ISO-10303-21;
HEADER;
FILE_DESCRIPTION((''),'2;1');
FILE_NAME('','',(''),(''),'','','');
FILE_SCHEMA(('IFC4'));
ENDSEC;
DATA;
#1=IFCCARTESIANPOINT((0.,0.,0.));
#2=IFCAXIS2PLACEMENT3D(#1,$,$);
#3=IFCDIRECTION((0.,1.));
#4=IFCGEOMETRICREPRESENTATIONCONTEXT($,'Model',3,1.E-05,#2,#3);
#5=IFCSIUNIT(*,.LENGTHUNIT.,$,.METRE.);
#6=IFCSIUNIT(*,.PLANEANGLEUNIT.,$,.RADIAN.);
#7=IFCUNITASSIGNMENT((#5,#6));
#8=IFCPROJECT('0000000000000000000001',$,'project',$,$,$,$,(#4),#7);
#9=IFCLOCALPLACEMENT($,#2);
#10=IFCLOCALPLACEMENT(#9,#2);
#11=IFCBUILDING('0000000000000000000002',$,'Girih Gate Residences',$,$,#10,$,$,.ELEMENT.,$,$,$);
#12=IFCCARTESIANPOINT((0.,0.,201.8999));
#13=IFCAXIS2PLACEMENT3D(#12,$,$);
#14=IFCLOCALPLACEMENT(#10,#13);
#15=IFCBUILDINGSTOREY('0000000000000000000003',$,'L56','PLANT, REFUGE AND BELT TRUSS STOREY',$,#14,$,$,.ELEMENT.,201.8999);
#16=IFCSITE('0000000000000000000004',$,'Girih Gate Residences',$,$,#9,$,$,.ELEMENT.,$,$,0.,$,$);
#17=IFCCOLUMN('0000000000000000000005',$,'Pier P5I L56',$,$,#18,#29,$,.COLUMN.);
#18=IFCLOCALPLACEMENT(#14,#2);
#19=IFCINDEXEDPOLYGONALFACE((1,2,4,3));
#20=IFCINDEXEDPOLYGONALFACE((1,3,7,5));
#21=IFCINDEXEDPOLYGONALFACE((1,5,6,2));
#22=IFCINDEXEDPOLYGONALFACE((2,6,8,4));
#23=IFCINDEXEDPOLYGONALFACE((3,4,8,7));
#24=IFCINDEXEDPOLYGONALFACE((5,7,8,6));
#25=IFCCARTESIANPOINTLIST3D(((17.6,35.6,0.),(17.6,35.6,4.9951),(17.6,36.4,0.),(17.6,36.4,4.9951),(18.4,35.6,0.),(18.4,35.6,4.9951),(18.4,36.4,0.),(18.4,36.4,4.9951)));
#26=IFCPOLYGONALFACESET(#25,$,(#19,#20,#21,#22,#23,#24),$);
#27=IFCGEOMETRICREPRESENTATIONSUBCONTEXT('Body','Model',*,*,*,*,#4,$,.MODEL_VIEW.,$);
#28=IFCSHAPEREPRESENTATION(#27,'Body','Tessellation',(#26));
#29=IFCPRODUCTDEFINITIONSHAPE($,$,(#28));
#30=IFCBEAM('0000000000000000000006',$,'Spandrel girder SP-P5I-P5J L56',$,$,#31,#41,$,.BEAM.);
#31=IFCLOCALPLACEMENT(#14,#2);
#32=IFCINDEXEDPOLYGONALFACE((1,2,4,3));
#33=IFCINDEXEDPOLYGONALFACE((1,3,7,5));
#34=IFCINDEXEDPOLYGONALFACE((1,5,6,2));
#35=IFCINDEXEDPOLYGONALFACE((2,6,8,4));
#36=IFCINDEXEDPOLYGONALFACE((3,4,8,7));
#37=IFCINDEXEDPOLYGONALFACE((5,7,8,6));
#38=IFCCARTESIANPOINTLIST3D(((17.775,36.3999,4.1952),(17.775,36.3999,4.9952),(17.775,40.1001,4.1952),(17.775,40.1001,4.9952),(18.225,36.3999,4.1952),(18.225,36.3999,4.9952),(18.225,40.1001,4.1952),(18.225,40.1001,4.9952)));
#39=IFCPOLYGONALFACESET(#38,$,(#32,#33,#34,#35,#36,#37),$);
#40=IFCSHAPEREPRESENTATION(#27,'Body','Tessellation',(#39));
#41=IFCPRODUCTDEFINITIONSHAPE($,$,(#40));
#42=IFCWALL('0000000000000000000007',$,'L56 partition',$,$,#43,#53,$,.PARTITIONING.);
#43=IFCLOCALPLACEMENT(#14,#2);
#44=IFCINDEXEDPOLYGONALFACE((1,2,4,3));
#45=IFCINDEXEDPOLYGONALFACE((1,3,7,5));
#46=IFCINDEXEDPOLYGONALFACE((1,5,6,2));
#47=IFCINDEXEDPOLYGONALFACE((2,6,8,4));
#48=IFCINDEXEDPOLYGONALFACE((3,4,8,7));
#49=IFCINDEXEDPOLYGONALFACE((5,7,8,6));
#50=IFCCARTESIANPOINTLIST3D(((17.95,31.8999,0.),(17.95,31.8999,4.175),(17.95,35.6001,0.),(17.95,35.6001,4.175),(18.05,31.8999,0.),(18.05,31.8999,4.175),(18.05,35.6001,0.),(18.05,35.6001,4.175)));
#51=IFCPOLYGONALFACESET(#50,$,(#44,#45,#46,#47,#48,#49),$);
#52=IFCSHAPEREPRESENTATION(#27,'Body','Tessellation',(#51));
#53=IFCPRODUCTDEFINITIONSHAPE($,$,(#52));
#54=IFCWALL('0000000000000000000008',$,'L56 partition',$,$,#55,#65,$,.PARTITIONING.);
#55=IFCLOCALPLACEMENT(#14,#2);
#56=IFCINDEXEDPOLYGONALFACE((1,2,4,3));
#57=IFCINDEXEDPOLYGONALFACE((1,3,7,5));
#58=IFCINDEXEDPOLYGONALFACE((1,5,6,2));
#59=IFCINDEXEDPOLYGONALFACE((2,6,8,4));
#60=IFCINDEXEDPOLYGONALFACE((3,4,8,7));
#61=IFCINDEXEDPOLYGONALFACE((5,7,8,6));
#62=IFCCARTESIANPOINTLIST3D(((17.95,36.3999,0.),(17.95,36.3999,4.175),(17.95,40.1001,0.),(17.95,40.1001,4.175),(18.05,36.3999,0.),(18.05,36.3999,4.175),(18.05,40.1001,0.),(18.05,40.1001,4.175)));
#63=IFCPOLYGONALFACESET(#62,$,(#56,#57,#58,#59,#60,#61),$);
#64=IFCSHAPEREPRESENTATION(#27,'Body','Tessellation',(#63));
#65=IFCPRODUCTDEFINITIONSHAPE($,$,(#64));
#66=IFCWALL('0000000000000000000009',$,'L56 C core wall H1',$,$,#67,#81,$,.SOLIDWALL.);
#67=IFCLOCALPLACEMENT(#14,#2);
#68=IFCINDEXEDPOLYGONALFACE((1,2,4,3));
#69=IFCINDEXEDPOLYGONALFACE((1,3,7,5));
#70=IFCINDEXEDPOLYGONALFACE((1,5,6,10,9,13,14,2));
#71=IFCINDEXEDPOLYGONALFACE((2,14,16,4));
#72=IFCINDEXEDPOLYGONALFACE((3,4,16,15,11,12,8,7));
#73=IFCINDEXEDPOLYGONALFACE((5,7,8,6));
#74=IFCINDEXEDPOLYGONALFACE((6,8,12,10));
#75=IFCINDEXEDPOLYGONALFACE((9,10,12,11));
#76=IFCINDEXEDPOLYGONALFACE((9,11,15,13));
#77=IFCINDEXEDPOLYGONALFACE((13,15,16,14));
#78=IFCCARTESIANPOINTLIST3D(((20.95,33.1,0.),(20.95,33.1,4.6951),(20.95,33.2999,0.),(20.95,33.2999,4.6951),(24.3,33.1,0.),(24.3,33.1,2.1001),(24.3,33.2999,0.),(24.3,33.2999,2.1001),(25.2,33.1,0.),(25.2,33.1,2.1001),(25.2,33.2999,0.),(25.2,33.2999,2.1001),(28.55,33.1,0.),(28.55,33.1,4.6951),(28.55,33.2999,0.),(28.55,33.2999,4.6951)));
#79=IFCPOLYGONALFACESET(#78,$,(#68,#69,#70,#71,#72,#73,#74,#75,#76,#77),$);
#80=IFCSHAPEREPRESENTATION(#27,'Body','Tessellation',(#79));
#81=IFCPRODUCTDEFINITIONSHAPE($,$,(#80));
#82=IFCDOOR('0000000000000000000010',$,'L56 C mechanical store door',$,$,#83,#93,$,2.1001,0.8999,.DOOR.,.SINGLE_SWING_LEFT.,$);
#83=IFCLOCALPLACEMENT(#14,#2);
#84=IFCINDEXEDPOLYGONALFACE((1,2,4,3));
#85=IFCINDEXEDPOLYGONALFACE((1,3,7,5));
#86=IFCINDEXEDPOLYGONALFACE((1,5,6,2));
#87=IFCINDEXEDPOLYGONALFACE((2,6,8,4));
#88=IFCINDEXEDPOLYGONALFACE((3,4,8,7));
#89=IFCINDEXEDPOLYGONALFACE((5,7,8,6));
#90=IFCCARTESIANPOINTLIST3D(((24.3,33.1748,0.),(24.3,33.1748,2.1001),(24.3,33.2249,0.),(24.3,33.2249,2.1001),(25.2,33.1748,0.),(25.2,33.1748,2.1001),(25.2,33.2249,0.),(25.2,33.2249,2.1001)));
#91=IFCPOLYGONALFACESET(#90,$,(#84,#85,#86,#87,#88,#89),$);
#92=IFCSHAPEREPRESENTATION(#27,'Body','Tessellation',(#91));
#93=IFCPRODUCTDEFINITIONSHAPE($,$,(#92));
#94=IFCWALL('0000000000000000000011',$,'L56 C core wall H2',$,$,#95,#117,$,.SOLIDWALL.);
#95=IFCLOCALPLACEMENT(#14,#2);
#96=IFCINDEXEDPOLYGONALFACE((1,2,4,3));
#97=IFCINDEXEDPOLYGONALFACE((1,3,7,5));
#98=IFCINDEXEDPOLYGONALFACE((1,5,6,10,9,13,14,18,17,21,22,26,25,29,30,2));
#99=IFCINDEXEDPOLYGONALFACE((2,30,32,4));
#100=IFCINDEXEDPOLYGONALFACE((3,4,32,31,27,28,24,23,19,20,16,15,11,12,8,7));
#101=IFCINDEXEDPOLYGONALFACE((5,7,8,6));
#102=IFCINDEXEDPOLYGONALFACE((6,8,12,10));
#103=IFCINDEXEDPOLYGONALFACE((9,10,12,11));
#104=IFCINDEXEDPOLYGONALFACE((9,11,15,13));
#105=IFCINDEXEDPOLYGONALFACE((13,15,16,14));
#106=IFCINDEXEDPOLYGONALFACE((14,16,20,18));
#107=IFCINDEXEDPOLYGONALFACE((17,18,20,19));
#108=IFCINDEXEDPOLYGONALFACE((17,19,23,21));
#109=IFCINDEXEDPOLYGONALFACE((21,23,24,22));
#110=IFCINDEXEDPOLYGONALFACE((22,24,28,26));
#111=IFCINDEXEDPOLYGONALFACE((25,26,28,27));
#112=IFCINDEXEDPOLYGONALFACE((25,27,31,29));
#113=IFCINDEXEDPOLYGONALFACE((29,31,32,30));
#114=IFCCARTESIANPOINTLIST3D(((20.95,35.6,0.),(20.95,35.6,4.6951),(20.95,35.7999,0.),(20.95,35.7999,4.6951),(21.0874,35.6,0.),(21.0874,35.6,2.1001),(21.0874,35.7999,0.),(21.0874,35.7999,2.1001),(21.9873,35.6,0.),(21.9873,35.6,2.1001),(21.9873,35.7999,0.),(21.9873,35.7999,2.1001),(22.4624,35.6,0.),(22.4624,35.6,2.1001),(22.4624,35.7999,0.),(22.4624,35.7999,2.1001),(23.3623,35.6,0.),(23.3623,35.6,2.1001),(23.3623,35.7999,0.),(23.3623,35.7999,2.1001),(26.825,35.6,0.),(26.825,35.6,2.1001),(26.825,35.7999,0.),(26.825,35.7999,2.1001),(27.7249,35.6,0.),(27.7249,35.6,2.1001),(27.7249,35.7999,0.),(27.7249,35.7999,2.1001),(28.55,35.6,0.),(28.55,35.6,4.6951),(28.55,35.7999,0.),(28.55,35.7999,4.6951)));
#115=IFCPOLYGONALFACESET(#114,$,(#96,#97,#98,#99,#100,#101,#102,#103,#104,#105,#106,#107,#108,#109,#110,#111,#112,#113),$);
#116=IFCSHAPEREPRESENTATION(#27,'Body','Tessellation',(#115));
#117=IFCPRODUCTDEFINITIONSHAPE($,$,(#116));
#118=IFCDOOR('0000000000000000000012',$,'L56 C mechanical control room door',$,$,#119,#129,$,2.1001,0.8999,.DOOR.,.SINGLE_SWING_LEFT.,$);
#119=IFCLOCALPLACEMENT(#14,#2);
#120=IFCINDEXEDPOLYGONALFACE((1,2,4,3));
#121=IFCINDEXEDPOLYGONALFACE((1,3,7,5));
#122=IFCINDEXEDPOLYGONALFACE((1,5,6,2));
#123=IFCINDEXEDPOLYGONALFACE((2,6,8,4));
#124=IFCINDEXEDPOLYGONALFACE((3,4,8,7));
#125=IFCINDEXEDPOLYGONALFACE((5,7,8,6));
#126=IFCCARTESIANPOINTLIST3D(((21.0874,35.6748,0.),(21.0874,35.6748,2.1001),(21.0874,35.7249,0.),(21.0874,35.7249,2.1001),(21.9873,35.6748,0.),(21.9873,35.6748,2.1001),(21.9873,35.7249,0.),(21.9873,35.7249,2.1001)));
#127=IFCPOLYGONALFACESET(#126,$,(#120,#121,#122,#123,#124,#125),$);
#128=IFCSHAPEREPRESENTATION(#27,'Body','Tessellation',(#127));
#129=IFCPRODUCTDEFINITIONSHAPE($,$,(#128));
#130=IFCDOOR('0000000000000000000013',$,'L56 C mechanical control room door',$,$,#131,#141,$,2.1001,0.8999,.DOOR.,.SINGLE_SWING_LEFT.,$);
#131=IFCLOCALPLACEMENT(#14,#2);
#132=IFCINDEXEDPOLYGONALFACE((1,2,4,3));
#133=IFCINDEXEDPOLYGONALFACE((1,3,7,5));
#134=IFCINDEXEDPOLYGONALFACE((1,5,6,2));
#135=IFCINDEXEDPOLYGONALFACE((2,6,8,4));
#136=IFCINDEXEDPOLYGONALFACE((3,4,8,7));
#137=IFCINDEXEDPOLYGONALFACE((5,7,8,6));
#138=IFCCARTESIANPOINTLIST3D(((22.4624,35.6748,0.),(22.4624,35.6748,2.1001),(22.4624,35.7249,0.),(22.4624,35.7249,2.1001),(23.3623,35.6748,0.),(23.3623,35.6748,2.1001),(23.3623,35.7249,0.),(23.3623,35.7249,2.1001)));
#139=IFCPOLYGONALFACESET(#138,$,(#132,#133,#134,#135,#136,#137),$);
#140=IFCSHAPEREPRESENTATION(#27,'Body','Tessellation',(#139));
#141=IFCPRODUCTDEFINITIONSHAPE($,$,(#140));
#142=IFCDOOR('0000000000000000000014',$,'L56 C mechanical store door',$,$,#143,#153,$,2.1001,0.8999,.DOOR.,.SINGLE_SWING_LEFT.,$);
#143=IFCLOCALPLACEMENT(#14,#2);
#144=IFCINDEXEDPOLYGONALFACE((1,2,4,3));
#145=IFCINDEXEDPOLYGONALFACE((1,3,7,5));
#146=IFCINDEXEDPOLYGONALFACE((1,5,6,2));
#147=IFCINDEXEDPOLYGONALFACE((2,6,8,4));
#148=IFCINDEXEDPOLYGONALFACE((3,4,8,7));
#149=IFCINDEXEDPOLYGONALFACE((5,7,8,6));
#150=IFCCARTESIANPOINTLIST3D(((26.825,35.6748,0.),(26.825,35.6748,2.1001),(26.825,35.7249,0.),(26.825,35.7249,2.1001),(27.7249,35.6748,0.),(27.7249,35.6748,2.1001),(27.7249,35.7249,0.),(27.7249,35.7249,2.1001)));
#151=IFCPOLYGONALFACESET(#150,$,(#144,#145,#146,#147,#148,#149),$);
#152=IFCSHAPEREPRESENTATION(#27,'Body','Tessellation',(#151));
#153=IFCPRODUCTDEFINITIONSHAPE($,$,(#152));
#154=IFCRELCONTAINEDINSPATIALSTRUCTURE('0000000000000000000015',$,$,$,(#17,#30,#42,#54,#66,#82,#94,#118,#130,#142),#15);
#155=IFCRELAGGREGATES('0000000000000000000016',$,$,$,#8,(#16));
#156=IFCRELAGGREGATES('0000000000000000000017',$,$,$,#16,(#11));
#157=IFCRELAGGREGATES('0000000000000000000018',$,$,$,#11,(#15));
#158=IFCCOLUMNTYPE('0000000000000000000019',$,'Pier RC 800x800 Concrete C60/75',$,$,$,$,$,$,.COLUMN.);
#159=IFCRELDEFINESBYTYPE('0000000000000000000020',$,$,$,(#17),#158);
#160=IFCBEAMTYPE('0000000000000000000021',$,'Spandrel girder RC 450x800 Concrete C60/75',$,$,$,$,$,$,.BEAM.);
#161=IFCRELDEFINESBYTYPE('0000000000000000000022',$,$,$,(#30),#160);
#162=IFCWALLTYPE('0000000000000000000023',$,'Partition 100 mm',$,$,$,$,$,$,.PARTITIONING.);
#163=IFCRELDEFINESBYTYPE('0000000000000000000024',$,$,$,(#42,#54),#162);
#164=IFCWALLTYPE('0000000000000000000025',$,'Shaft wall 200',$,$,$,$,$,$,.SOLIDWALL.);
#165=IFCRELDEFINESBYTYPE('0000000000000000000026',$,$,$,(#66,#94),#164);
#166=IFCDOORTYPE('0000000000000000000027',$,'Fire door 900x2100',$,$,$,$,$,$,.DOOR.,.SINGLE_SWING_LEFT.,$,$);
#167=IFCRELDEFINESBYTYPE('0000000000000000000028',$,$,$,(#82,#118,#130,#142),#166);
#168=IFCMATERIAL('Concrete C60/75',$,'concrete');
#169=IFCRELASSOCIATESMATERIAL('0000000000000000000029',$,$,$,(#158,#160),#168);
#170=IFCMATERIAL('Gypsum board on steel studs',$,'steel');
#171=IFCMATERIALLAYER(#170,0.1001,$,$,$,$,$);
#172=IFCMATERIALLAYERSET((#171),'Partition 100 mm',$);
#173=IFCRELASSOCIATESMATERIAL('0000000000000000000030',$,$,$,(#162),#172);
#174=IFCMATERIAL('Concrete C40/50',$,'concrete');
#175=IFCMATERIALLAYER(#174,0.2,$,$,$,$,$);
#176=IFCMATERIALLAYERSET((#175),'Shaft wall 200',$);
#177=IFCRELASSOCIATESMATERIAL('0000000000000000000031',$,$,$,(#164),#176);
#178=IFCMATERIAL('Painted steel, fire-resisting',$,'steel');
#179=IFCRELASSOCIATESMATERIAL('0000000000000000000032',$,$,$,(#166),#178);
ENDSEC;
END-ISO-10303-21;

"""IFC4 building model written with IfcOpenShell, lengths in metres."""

from ifc_helpers import new_model, si_unit, direction, frame, frame_2d, origin, origin_2d, place, context, subcontext, project, spatial, rectangle, extrude, material, layer, layer_set, material_profile, profile_set, type_object, element, fill, save


model = new_model("IFC4")

# Units and contexts
model_context = context("Model", 3, precision=1e-05, world=origin(), true_north=direction((0.0, 1.0)))
body_context = subcontext(model_context, "Body", "Model", "MODEL_VIEW")
ifc_project = project(units=[si_unit("LENGTHUNIT", "METRE"), si_unit("PLANEANGLEUNIT", "RADIAN")], contexts=[model_context])

# Site, building, storey
site_placement = place(None, origin())
site = spatial("IfcSite", under=ifc_project, at=site_placement, Name="Girih Gate Residences", CompositionType="ELEMENT", RefElevation=0.0)
building_placement = place(site_placement, origin())
building = spatial("IfcBuilding", under=site, at=building_placement, Name="Girih Gate Residences", CompositionType="ELEMENT")
storey_placement = place(building_placement, frame((0.0, 0.0, 201.8999)))
storey = spatial("IfcBuildingStorey", under=building, at=storey_placement, Name="L56", Description="PLANT, REFUGE AND BELT TRUSS STOREY", CompositionType="ELEMENT", Elevation=201.8999)

# Column
ifc_material_1 = material(Name="Concrete C60/75", Category="concrete")
ifc_material_profile_1 = material_profile(ifc_material_1, rectangle(XDim=0.8, YDim=0.8, at=origin_2d()))
ifc_profile_set_1 = profile_set([ifc_material_profile_1], Name="Concrete C60/75")
column_type = type_object("IfcColumnType", Name="Pier RC 800x800 Concrete C60/75", PredefinedType="COLUMN", material=ifc_profile_set_1)
column_placement = place(storey_placement, frame((18.0, 36.0, 0.0), z_axis=(0.0, 0.0, 1.0), x_axis=(1.0, 0.0, 0.0)))
element("IfcColumn", 1, at=column_placement, inside=storey, type_object=column_type, Name="Pier P5I L56", PredefinedType="COLUMN", context=body_context, shape_type="SweptSolid", body=[
    extrude(rectangle(XDim=0.8, YDim=0.8, at=origin_2d()), origin(), (0.0, 0.0, 1.0), 4.9951),
])

# Beam
ifc_material_profile_2 = material_profile(ifc_material_1, rectangle(XDim=0.45, YDim=0.8, at=origin_2d()))
ifc_profile_set_2 = profile_set([ifc_material_profile_2], Name="Concrete C60/75")
beam_type = type_object("IfcBeamType", Name="Spandrel girder RC 450x800 Concrete C60/75", PredefinedType="BEAM", material=ifc_profile_set_2)
beam_placement = place(storey_placement, frame((18.0, 36.3999, 4.5952), z_axis=(0.0, 1.0, 0.0), x_axis=(-1.0, 0.0, 0.0)))
element("IfcBeam", 2, at=beam_placement, inside=storey, type_object=beam_type, Name="Spandrel girder SP-P5I-P5J L56", PredefinedType="BEAM", context=body_context, shape_type="SweptSolid", body=[
    extrude(rectangle(XDim=0.45, YDim=0.8, at=origin_2d()), origin(), (0.0, 0.0, 1.0), 3.7002),
])

# Walls
ifc_material_2 = material(Name="Gypsum board on steel studs", Category="steel")
ifc_layer_1 = layer(ifc_material_2, 0.1001)
ifc_layer_set_1 = layer_set([ifc_layer_1], Name="Partition 100 mm")
wall_type_1 = type_object("IfcWallType", Name="Partition 100 mm", PredefinedType="PARTITIONING", material=ifc_layer_set_1)
for number, where, z_axis, x_axis, name in (
    (3, (18.0, 31.8999, 0.0), (0.0, 0.0, 1.0), (0.0, 1.0, 0.0), "L56 partition"),
    (4, (18.0, 36.3999, 0.0), (0.0, 0.0, 1.0), (0.0, 1.0, 0.0), "L56 partition"),
):
    element("IfcWall", number, at=place(storey_placement, frame(where, z_axis=z_axis, x_axis=x_axis)), inside=storey, type_object=wall_type_1, Name=name, PredefinedType="PARTITIONING", context=body_context, shape_type="SweptSolid", body=[
        extrude(rectangle(XDim=3.7002, YDim=0.1001, at=frame_2d((1.8501, 0.0))), origin(), (0.0, 0.0, 1.0), 4.175),
    ])

# Wall, opening, door
ifc_material_3 = material(Name="Concrete C40/50", Category="concrete")
ifc_layer_2 = layer(ifc_material_3, 0.2)
ifc_layer_set_2 = layer_set([ifc_layer_2], Name="Shaft wall 200")
wall_type_2 = type_object("IfcWallType", Name="Shaft wall 200", PredefinedType="SOLIDWALL", material=ifc_layer_set_2)
wall_1_placement = place(storey_placement, frame((20.95, 33.2, 0.0), z_axis=(0.0, 0.0, 1.0), x_axis=(1.0, 0.0, 0.0)))
wall_1 = element("IfcWall", 5, at=wall_1_placement, inside=storey, type_object=wall_type_2, Name="L56 C core wall H1", PredefinedType="SOLIDWALL", context=body_context, shape_type="SweptSolid", body=[
    extrude(rectangle(XDim=7.6001, YDim=0.2, at=frame_2d((3.8, 0.0))), origin(), (0.0, 0.0, 1.0), 4.6951),
])
opening_1_placement = place(wall_1_placement, frame((3.3501, 0.0, 0.0)))
opening_1 = element("IfcOpeningElement", 6, at=opening_1_placement, cuts=wall_1, PredefinedType="OPENING", context=body_context, shape_type="SweptSolid", body=[
    extrude(rectangle(XDim=0.8999, YDim=2.1001, at=frame_2d((0.45, 1.05))), frame((0.0, 0.1099, 0.0), z_axis=(0.0, -1.0, 0.0), x_axis=(1.0, 0.0, 0.0)), (0.0, 0.0, 1.0), 0.22),
])
ifc_material_4 = material(Name="Painted steel, fire-resisting", Category="steel")
door_type = type_object("IfcDoorType", Name="Fire door 900x2100", OperationType="SINGLE_SWING_LEFT", PredefinedType="DOOR", material=ifc_material_4)
door_1_placement = place(opening_1_placement, origin())
door_1 = element("IfcDoor", 7, at=door_1_placement, inside=storey, type_object=door_type, Name="L56 C mechanical store door", OperationType="SINGLE_SWING_LEFT", OverallHeight=2.1001, OverallWidth=0.8999, PredefinedType="DOOR", context=body_context, shape_type="SweptSolid", body=[
    extrude(rectangle(XDim=0.8999, YDim=2.1001, at=frame_2d((0.45, 1.05))), frame((0.0, 0.0249, 0.0), z_axis=(0.0, -1.0, 0.0), x_axis=(1.0, 0.0, 0.0)), (0.0, 0.0, 1.0), 0.05),
])
fill(opening_1, door_1)

# Wall, openings, doors
wall_2_placement = place(storey_placement, frame((20.95, 35.7, 0.0), z_axis=(0.0, 0.0, 1.0), x_axis=(1.0, 0.0, 0.0)))
wall_2 = element("IfcWall", 8, at=wall_2_placement, inside=storey, type_object=wall_type_2, Name="L56 C core wall H2", PredefinedType="SOLIDWALL", context=body_context, shape_type="SweptSolid", body=[
    extrude(rectangle(XDim=7.6001, YDim=0.2, at=frame_2d((3.8, 0.0))), origin(), (0.0, 0.0, 1.0), 4.6951),
])
opening_2_placement = place(wall_2_placement, frame((0.1375, 0.0, 0.0)))
opening_2 = element("IfcOpeningElement", 9, at=opening_2_placement, cuts=wall_2, PredefinedType="OPENING", context=body_context, shape_type="SweptSolid", body=[
    extrude(rectangle(XDim=0.8999, YDim=2.1001, at=frame_2d((0.45, 1.05))), frame((0.0, 0.1099, 0.0), z_axis=(0.0, -1.0, 0.0), x_axis=(1.0, 0.0, 0.0)), (0.0, 0.0, 1.0), 0.22),
])
opening_3_placement = place(wall_2_placement, frame((1.5125, 0.0, 0.0)))
opening_3 = element("IfcOpeningElement", 10, at=opening_3_placement, cuts=wall_2, PredefinedType="OPENING", context=body_context, shape_type="SweptSolid", body=[
    extrude(rectangle(XDim=0.8999, YDim=2.1001, at=frame_2d((0.45, 1.05))), frame((0.0, 0.1099, 0.0), z_axis=(0.0, -1.0, 0.0), x_axis=(1.0, 0.0, 0.0)), (0.0, 0.0, 1.0), 0.22),
])
opening_4_placement = place(wall_2_placement, frame((5.875, 0.0, 0.0)))
opening_4 = element("IfcOpeningElement", 11, at=opening_4_placement, cuts=wall_2, PredefinedType="OPENING", context=body_context, shape_type="SweptSolid", body=[
    extrude(rectangle(XDim=0.8999, YDim=2.1001, at=frame_2d((0.45, 1.05))), frame((0.0, 0.1099, 0.0), z_axis=(0.0, -1.0, 0.0), x_axis=(1.0, 0.0, 0.0)), (0.0, 0.0, 1.0), 0.22),
])
door_2_placement = place(opening_2_placement, origin())
door_2 = element("IfcDoor", 12, at=door_2_placement, inside=storey, type_object=door_type, Name="L56 C mechanical control room door", OperationType="SINGLE_SWING_LEFT", OverallHeight=2.1001, OverallWidth=0.8999, PredefinedType="DOOR", context=body_context, shape_type="SweptSolid", body=[
    extrude(rectangle(XDim=0.8999, YDim=2.1001, at=frame_2d((0.45, 1.05))), frame((0.0, 0.0249, 0.0), z_axis=(0.0, -1.0, 0.0), x_axis=(1.0, 0.0, 0.0)), (0.0, 0.0, 1.0), 0.05),
])
fill(opening_2, door_2)
door_3_placement = place(opening_3_placement, origin())
door_3 = element("IfcDoor", 13, at=door_3_placement, inside=storey, type_object=door_type, Name="L56 C mechanical control room door", OperationType="SINGLE_SWING_LEFT", OverallHeight=2.1001, OverallWidth=0.8999, PredefinedType="DOOR", context=body_context, shape_type="SweptSolid", body=[
    extrude(rectangle(XDim=0.8999, YDim=2.1001, at=frame_2d((0.45, 1.05))), frame((0.0, 0.0249, 0.0), z_axis=(0.0, -1.0, 0.0), x_axis=(1.0, 0.0, 0.0)), (0.0, 0.0, 1.0), 0.05),
])
fill(opening_3, door_3)
door_4_placement = place(opening_4_placement, origin())
door_4 = element("IfcDoor", 14, at=door_4_placement, inside=storey, type_object=door_type, Name="L56 C mechanical store door", OperationType="SINGLE_SWING_LEFT", OverallHeight=2.1001, OverallWidth=0.8999, PredefinedType="DOOR", context=body_context, shape_type="SweptSolid", body=[
    extrude(rectangle(XDim=0.8999, YDim=2.1001, at=frame_2d((0.45, 1.05))), frame((0.0, 0.0249, 0.0), z_axis=(0.0, -1.0, 0.0), x_axis=(1.0, 0.0, 0.0)), (0.0, 0.0, 1.0), 0.05),
])
fill(opening_4, door_4)

save(model, "model.ifc")
